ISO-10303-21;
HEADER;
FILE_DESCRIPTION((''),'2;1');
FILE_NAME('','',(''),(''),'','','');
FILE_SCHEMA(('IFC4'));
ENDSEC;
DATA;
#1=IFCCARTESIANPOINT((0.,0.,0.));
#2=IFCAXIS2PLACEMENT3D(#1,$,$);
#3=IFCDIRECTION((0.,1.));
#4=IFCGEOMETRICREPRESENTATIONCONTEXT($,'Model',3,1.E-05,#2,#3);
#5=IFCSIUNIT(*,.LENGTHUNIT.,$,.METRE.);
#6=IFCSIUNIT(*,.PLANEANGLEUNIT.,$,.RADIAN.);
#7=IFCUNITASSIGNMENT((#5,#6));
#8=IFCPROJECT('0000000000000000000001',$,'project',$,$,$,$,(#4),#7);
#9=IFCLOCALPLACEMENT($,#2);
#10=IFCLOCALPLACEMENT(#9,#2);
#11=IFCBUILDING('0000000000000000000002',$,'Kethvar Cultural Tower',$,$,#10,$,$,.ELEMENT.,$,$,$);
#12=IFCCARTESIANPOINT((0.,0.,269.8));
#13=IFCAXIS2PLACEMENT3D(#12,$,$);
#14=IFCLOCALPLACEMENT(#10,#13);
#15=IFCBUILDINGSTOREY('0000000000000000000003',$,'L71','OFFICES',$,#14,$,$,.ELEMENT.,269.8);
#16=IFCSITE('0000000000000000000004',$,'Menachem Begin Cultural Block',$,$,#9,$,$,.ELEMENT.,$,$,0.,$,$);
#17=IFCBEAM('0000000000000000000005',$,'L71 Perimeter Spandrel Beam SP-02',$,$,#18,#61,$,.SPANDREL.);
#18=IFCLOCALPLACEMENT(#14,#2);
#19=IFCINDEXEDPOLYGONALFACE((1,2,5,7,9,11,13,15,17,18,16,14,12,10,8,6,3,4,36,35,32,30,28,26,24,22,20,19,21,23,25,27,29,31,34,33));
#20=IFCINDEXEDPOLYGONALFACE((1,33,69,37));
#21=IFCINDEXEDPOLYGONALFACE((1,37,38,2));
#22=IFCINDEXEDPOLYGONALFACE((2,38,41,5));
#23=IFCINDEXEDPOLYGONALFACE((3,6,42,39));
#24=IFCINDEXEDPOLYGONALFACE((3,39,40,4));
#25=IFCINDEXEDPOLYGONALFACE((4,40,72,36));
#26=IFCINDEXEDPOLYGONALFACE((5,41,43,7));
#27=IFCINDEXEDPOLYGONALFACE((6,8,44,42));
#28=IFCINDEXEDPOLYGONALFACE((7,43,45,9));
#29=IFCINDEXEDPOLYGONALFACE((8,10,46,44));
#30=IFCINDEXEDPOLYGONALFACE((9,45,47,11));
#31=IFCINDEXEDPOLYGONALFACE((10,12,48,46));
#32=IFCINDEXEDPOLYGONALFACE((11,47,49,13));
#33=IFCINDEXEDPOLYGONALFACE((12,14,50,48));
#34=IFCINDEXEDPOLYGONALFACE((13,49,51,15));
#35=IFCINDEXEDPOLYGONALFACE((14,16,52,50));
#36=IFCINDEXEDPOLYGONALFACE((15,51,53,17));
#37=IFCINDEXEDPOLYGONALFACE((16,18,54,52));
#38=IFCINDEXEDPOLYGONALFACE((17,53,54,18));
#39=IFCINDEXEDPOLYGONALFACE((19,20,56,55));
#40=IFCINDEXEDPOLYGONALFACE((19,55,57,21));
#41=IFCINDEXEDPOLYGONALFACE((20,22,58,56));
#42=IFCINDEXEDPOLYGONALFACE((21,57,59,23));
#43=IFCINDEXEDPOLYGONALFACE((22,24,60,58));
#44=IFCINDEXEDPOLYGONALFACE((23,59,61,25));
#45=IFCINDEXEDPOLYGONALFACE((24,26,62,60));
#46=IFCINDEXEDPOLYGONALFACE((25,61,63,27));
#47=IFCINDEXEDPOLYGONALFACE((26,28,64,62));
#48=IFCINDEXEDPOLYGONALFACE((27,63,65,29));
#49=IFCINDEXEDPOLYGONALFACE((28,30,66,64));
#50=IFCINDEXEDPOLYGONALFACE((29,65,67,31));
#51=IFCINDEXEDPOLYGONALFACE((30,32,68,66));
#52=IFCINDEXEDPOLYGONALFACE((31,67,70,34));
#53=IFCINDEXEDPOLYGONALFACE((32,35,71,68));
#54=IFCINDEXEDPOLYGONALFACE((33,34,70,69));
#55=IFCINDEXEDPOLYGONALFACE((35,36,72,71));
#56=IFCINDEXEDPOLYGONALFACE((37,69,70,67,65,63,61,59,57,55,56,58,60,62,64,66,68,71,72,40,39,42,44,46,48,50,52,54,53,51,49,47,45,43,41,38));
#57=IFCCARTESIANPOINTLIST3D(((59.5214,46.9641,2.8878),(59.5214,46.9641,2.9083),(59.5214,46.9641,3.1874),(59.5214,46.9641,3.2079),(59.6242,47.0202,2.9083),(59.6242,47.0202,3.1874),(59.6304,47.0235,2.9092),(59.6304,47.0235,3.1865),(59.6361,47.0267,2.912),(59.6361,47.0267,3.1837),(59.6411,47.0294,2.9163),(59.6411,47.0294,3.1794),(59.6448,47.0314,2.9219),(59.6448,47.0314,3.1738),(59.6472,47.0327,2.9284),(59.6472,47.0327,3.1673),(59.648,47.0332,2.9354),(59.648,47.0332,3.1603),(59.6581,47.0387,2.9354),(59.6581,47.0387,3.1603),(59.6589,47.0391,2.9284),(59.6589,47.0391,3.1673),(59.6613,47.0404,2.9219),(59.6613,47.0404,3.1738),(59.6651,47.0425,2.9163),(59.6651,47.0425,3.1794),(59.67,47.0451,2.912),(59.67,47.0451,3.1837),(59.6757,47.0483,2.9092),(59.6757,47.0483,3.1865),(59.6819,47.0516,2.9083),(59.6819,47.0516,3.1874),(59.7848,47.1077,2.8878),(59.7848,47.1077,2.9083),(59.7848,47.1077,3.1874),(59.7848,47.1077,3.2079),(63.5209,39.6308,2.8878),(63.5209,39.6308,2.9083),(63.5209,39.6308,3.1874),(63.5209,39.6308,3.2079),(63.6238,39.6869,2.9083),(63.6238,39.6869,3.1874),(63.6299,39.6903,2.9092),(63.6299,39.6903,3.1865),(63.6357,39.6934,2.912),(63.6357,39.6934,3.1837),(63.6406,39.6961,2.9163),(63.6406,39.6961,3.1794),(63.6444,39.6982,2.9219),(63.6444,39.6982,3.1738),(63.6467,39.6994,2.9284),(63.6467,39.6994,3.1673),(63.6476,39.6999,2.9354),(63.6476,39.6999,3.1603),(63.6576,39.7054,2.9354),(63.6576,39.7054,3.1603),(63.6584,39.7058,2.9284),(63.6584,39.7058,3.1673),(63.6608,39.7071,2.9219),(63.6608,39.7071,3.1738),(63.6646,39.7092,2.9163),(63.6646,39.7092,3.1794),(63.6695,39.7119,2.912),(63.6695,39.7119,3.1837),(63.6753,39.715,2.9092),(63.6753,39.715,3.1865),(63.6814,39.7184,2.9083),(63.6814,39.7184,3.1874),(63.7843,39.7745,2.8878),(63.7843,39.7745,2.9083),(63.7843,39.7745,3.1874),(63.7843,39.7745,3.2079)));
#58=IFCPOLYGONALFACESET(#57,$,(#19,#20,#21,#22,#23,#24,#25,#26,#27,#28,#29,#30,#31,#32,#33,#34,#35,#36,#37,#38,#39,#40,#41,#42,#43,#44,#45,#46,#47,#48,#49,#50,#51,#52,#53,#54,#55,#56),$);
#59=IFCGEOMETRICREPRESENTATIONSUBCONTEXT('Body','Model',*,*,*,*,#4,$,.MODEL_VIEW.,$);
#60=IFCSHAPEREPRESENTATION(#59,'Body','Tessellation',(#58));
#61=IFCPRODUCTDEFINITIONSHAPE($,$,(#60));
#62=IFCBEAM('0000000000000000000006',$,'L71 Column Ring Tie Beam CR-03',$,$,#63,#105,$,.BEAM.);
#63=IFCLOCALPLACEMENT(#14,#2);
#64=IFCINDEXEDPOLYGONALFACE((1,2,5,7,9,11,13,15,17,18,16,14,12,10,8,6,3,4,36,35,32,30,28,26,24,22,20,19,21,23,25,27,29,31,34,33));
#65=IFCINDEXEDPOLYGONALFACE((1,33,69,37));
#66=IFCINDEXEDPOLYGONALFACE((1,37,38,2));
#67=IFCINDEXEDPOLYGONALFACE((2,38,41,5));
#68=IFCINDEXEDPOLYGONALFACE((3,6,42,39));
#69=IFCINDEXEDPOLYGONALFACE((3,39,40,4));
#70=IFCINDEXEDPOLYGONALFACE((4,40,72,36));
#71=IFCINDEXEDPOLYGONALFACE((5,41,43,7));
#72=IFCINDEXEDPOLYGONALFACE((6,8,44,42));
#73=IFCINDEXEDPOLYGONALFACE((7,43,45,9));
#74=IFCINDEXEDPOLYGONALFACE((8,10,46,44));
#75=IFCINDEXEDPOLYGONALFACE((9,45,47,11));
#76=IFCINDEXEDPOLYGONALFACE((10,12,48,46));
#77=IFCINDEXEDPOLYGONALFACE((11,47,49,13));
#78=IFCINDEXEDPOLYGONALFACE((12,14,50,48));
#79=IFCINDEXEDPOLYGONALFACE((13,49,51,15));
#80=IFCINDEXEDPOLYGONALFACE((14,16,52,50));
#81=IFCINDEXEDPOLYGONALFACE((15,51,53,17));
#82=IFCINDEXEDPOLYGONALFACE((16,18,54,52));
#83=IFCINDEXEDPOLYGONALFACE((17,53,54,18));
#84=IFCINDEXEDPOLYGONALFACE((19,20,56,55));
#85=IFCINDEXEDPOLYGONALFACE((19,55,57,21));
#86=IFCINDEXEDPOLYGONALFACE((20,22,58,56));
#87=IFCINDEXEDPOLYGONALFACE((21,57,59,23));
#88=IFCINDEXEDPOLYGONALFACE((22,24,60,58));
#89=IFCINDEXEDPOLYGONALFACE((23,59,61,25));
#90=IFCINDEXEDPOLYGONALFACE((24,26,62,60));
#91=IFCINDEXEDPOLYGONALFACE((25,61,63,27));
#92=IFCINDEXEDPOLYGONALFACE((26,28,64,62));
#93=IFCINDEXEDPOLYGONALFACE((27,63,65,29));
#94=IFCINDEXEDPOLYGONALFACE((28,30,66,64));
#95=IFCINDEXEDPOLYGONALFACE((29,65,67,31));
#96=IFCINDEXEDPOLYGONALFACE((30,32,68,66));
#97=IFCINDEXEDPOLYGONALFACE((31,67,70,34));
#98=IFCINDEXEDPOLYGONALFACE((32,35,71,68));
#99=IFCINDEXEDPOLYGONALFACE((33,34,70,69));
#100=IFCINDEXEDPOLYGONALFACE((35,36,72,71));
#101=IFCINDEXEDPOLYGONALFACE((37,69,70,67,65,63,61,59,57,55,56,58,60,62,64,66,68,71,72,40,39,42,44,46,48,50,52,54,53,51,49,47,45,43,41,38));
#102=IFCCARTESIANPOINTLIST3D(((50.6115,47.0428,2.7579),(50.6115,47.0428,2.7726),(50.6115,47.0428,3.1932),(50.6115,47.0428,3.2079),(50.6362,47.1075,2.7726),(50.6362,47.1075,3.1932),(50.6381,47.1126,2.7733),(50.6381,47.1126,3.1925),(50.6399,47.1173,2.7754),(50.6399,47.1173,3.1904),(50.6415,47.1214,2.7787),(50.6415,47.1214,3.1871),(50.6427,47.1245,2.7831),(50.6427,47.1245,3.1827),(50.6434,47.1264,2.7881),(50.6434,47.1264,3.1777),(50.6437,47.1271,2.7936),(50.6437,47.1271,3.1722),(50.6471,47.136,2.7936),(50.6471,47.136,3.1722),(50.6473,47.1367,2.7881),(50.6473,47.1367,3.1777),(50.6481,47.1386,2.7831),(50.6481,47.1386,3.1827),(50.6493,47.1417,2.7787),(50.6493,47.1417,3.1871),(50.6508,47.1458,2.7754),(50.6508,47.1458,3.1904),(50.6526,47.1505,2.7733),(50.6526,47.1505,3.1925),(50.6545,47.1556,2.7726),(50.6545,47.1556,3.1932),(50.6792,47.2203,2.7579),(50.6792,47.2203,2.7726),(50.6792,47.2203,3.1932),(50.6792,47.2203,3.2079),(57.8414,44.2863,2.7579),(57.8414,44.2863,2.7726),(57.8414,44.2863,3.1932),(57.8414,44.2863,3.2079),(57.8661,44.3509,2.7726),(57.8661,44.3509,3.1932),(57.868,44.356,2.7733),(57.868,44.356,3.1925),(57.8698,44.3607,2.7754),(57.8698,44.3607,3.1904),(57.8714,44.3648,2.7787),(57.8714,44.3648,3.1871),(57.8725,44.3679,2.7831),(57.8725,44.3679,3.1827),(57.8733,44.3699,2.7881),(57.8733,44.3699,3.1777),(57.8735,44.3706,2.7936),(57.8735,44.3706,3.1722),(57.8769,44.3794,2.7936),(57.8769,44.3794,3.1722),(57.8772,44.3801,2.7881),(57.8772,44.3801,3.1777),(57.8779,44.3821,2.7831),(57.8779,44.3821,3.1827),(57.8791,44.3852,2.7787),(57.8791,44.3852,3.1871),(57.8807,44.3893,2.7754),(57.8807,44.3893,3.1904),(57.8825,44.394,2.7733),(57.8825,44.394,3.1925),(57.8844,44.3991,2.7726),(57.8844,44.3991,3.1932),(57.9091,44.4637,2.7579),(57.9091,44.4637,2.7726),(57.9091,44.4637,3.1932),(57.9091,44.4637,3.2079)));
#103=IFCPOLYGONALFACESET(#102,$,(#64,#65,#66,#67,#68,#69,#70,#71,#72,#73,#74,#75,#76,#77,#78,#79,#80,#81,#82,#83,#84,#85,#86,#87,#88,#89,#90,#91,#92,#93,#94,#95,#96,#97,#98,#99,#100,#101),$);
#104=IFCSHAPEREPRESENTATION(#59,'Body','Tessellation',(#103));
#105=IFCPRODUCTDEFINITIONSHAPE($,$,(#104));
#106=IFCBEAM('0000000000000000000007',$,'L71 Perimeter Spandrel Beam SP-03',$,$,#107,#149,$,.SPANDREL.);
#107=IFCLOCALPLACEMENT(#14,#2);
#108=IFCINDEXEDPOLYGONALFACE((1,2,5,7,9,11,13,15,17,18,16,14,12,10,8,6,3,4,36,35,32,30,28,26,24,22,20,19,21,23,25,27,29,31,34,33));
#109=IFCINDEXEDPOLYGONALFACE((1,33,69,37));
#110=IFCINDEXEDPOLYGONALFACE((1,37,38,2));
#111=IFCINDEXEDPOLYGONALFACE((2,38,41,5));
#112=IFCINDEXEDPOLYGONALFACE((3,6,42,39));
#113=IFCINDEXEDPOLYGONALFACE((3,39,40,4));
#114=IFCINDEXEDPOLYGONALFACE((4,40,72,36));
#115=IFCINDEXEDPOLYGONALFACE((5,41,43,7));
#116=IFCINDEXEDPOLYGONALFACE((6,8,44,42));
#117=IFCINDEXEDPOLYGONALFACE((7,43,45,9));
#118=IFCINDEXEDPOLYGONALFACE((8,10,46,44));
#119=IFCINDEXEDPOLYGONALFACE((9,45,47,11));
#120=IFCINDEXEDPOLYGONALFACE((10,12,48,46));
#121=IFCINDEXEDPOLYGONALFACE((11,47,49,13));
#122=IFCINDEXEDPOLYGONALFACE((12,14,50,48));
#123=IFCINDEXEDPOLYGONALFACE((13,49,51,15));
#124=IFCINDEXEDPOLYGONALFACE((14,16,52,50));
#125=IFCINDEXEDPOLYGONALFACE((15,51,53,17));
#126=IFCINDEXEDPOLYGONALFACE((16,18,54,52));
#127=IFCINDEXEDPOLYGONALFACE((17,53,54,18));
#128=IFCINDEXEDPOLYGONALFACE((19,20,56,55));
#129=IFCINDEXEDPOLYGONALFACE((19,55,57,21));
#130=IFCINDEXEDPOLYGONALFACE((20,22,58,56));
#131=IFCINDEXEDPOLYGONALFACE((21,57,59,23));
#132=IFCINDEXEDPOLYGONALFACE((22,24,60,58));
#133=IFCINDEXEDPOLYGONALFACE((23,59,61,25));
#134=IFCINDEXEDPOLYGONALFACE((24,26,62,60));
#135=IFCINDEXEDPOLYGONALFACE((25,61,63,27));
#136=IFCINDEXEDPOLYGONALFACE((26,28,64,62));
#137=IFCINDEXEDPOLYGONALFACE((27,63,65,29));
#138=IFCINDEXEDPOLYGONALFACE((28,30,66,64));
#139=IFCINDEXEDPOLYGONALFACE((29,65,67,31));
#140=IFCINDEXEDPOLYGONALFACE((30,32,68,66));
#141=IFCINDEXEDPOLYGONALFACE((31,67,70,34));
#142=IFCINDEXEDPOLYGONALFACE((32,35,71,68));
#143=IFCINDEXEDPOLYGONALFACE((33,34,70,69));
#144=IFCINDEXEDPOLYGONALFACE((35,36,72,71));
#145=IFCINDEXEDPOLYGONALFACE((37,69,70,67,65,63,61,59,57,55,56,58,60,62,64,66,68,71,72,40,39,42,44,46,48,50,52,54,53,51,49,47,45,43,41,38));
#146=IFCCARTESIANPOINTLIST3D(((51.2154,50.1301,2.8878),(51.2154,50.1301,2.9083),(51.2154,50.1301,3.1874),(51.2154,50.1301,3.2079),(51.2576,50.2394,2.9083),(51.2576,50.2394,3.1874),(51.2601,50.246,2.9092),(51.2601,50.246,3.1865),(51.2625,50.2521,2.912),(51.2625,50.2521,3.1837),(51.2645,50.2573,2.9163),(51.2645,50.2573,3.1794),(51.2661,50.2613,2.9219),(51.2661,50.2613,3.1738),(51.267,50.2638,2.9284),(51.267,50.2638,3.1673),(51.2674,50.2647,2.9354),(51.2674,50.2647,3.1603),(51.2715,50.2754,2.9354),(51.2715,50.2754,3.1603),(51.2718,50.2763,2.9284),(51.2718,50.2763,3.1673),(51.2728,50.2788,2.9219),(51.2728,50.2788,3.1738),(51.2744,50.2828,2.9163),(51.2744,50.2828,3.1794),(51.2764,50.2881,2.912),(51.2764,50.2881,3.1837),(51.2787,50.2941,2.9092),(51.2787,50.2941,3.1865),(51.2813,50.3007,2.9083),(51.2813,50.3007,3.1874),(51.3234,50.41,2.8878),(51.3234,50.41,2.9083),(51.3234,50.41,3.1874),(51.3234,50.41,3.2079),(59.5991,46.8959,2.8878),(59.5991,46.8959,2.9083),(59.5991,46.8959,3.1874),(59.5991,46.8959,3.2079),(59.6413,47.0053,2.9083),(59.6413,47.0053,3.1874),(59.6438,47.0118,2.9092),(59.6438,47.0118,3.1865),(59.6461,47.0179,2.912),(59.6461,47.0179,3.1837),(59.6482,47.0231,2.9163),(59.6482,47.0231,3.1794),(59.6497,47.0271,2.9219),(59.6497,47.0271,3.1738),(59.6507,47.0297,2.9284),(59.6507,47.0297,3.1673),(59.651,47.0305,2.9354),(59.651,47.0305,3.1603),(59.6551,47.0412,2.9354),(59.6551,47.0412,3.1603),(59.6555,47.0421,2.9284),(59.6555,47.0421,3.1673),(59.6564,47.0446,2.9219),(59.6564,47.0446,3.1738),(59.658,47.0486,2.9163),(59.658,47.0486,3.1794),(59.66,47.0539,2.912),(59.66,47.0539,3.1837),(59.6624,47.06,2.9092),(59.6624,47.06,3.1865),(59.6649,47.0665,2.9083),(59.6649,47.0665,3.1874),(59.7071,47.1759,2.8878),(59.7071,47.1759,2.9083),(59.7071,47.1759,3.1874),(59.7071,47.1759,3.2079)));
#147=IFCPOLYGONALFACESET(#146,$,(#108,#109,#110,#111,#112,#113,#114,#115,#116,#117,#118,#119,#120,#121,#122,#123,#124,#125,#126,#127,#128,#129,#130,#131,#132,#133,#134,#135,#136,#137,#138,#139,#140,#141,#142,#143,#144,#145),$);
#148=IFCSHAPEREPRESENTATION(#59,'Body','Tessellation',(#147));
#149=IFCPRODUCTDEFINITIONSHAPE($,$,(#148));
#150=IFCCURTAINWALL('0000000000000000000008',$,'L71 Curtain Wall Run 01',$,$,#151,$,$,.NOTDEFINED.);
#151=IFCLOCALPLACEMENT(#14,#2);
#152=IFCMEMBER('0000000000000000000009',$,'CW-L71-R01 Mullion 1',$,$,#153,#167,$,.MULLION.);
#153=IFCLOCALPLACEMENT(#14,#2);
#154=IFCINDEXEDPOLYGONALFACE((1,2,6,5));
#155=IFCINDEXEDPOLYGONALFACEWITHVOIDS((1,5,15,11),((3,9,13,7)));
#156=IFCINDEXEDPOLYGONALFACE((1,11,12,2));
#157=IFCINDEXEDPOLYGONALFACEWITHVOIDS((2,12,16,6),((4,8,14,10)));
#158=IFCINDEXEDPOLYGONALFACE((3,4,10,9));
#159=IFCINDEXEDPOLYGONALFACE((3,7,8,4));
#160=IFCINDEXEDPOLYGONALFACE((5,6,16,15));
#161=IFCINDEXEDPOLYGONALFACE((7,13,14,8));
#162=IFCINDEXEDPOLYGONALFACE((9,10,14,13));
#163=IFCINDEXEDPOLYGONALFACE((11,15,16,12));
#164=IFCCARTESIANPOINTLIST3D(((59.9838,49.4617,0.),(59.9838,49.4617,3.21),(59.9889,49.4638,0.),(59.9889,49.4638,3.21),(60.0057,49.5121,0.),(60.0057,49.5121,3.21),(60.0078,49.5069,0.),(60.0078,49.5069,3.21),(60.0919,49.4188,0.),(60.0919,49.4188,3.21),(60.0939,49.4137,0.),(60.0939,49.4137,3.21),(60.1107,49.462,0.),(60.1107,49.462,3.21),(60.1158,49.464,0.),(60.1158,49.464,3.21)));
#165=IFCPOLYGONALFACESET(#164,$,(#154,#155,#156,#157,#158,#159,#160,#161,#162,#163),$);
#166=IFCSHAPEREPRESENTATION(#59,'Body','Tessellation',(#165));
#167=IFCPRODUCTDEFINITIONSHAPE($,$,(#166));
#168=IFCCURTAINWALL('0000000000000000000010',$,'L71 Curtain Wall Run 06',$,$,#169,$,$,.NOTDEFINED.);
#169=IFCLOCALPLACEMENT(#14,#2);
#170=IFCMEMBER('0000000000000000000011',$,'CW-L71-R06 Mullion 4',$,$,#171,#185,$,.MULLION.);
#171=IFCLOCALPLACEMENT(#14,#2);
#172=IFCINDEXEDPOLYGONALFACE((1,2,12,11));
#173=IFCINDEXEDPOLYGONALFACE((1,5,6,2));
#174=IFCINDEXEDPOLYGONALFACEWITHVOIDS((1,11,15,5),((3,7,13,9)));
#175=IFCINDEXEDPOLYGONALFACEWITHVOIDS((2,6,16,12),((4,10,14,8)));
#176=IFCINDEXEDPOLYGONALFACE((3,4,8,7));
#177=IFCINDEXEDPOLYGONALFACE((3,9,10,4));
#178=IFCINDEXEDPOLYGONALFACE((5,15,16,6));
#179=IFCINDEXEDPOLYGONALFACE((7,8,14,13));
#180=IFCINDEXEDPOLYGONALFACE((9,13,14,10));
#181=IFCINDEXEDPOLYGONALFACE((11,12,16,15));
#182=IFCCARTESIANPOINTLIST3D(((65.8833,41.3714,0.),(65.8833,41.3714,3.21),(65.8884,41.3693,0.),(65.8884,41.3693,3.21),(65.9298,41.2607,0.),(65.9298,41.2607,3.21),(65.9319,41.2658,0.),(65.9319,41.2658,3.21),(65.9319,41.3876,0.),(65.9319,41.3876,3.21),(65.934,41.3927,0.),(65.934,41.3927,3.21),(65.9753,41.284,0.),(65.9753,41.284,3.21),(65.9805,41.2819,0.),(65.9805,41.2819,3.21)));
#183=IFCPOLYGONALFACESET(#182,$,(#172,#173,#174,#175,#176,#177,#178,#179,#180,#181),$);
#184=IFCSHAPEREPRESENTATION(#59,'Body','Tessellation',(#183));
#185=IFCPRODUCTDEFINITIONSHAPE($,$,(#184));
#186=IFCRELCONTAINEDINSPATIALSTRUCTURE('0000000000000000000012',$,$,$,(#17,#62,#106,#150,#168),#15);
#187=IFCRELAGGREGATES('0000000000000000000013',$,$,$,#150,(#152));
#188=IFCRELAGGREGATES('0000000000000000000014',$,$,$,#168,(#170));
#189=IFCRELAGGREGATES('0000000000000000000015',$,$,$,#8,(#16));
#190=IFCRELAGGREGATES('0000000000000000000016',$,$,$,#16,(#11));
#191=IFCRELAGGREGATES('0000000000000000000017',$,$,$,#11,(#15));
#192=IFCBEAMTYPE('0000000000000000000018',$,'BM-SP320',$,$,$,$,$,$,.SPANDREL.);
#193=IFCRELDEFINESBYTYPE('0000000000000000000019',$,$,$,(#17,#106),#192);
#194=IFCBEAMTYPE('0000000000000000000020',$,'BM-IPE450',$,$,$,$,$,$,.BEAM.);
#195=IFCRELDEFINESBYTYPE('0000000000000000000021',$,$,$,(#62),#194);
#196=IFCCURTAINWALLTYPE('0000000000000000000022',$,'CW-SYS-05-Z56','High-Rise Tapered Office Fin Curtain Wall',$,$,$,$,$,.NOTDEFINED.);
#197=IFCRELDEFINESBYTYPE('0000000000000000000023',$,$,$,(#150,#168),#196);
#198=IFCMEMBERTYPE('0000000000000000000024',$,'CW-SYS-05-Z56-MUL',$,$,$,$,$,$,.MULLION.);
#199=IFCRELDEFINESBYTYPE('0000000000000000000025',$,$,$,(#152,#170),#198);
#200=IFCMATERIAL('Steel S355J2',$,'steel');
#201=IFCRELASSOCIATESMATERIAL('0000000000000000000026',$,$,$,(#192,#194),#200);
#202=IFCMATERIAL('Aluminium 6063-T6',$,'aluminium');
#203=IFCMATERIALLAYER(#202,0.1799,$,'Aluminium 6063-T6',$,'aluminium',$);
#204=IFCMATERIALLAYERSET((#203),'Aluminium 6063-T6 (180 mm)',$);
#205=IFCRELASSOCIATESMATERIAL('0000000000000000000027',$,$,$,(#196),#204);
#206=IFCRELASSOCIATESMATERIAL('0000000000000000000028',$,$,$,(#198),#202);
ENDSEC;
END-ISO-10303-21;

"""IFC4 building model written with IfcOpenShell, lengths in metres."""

from ifc_helpers import new_model, si_unit, direction, frame, origin, origin_2d, place, context, subcontext, project, spatial, hollow_rectangle, i_section, extrude, source, transform, mapped, material, layer, layer_set, material_profile, profile_set, type_object, element, aggregate, save


model = new_model("IFC4")

# Units and contexts
model_context = context("Model", 3, precision=1e-05, world=origin(), true_north=direction((0.0, 1.0)))
body_context = subcontext(model_context, "Body", "Model", "MODEL_VIEW")
ifc_project = project(units=[si_unit("LENGTHUNIT", "METRE"), si_unit("PLANEANGLEUNIT", "RADIAN")], contexts=[model_context])

# Site, building, storey
site_placement = place(None, origin())
site = spatial("IfcSite", under=ifc_project, at=site_placement, Name="Menachem Begin Cultural Block", CompositionType="ELEMENT", RefElevation=0.0)
building_placement = place(site_placement, origin())
building = spatial("IfcBuilding", under=site, at=building_placement, Name="Kethvar Cultural Tower", CompositionType="ELEMENT")
storey_placement = place(building_placement, frame((0.0, 0.0, 269.8)))
storey = spatial("IfcBuildingStorey", under=building, at=storey_placement, Name="L71", Description="OFFICES", CompositionType="ELEMENT", Elevation=269.8)

# Beams
ifc_material_1 = material(Name="Steel S355J2", Category="steel")
ifc_material_profile_1 = material_profile(ifc_material_1, i_section(OverallWidth=0.3, OverallDepth=0.3201, WebThickness=0.0115, FlangeThickness=0.0205, FilletRadius=0.0271, at=origin_2d()), Name="Steel S355J2 — HEB320")
ifc_profile_set_1 = profile_set([ifc_material_profile_1], Name="Steel S355J2 — HEB320")
beam_type_1 = type_object("IfcBeamType", Name="BM-SP320", PredefinedType="SPANDREL", material=ifc_profile_set_1)
shared_shape_1 = source(origin(), body_context, "Body", "SweptSolid", [
    extrude(i_section(OverallWidth=0.3, OverallDepth=0.3201, WebThickness=0.0115, FlangeThickness=0.0205, FilletRadius=0.0271, at=origin_2d()), origin(), (0.0, 0.0, 1.0), 8.353),
])
beam_1_placement = place(storey_placement, frame((63.6526, 39.7026, 3.0479), z_axis=(-0.478811, 0.877918, 0.0), x_axis=(-0.877918, -0.478811, 0.0)))
element("IfcBeam", 1, at=beam_1_placement, inside=storey, type_object=beam_type_1, Name="L71 Perimeter Spandrel Beam SP-02", PredefinedType="SPANDREL", context=body_context, shape_type="MappedRepresentation", body=[
    mapped(shared_shape_1, transform((0.0, 0.0, 0.0), scale=1.0)),
])
ifc_material_profile_2 = material_profile(ifc_material_1, i_section(OverallWidth=0.1899, OverallDepth=0.45, WebThickness=0.0095, FlangeThickness=0.0146, FilletRadius=0.021, at=origin_2d()), Name="Steel S355J2 — IPE450")
ifc_profile_set_2 = profile_set([ifc_material_profile_2], Name="Steel S355J2 — IPE450")
beam_type_2 = type_object("IfcBeamType", Name="BM-IPE450", PredefinedType="BEAM", material=ifc_profile_set_2)
shared_shape_2 = source(origin(), body_context, "Body", "SweptSolid", [
    extrude(i_section(OverallWidth=0.1899, OverallDepth=0.45, WebThickness=0.0095, FlangeThickness=0.0146, FilletRadius=0.021, at=origin_2d()), origin(), (0.0, 0.0, 1.0), 7.7375),
])
beam_2_placement = place(storey_placement, frame((57.8752, 44.375, 2.9829), z_axis=(-0.934388, 0.356256, 0.0), x_axis=(-0.356256, -0.934388, 0.0)))
element("IfcBeam", 2, at=beam_2_placement, inside=storey, type_object=beam_type_2, Name="L71 Column Ring Tie Beam CR-03", PredefinedType="BEAM", context=body_context, shape_type="MappedRepresentation", body=[
    mapped(shared_shape_2, transform((0.0, 0.0, 0.0), scale=1.0)),
])
shared_shape_3 = source(origin(), body_context, "Body", "SweptSolid", [
    extrude(i_section(OverallWidth=0.3, OverallDepth=0.3201, WebThickness=0.0115, FlangeThickness=0.0205, FilletRadius=0.0271, at=origin_2d()), origin(), (0.0, 0.0, 1.0), 8.9858),
])
beam_3_placement = place(storey_placement, frame((59.6531, 47.0359, 3.0479), z_axis=(-0.932984, 0.359918, 0.0), x_axis=(-0.359918, -0.932984, 0.0)))
element("IfcBeam", 3, at=beam_3_placement, inside=storey, type_object=beam_type_1, Name="L71 Perimeter Spandrel Beam SP-03", PredefinedType="SPANDREL", context=body_context, shape_type="MappedRepresentation", body=[
    mapped(shared_shape_3, transform((0.0, 0.0, 0.0), scale=1.0)),
])

# Curtain wall, member
ifc_material_2 = material(Name="Aluminium 6063-T6", Category="aluminium")
ifc_layer_1 = layer(ifc_material_2, 0.1799, Name="Aluminium 6063-T6", Category="aluminium")
ifc_layer_set_1 = layer_set([ifc_layer_1], Name="Aluminium 6063-T6 (180 mm)")
curtain_wall_type = type_object("IfcCurtainWallType", Name="CW-SYS-05-Z56", Description="High-Rise Tapered Office Fin Curtain Wall", PredefinedType="NOTDEFINED", material=ifc_layer_set_1)
curtain_wall_1_placement = place(storey_placement, origin())
curtain_wall_1 = element("IfcCurtainWall", 4, at=curtain_wall_1_placement, inside=storey, type_object=curtain_wall_type, Name="L71 Curtain Wall Run 01", PredefinedType="NOTDEFINED")
ifc_material_profile_3 = material_profile(ifc_material_2, hollow_rectangle(XDim=0.0549, YDim=0.1201, WallThickness=0.0039, at=origin_2d()), Name="Aluminium 6063-T6 — RHS120x55x4")
ifc_profile_set_3 = profile_set([ifc_material_profile_3], Name="Aluminium 6063-T6 — RHS120x55x4")
member_type_1 = type_object("IfcMemberType", Name="CW-SYS-05-Z56-MUL", PredefinedType="MULLION", material=ifc_profile_set_3)
shared_shape_4 = source(origin(), body_context, "Body", "SweptSolid", [
    extrude(hollow_rectangle(XDim=0.0549, YDim=0.1201, WallThickness=0.0039, at=origin_2d()), origin(), (0.0, 0.0, 1.0), 3.21),
])
member_1_placement = place(storey_placement, frame((60.0498, 49.4629, 0.0), z_axis=(0.0, 0.0, 1.0), x_axis=(-0.399901, -0.916558, 0.0)))
member_1 = element("IfcMember", 5, at=member_1_placement, type_object=member_type_1, Name="CW-L71-R01 Mullion 1", PredefinedType="MULLION", context=body_context, shape_type="MappedRepresentation", body=[
    mapped(shared_shape_4, transform((0.0, 0.0, 0.0), scale=1.0)),
])

# Curtain wall, member
curtain_wall_2_placement = place(storey_placement, origin())
curtain_wall_2 = element("IfcCurtainWall", 6, at=curtain_wall_2_placement, inside=storey, type_object=curtain_wall_type, Name="L71 Curtain Wall Run 06", PredefinedType="NOTDEFINED")
member_2_placement = place(storey_placement, frame((65.9319, 41.3267, 0.0), z_axis=(0.0, 0.0, 1.0), x_axis=(-0.922059, -0.387049, 0.0)))
member_2 = element("IfcMember", 7, at=member_2_placement, type_object=member_type_1, Name="CW-L71-R06 Mullion 4", PredefinedType="MULLION", context=body_context, shape_type="MappedRepresentation", body=[
    mapped(shared_shape_4, transform((0.0, 0.0, 0.0), scale=1.0)),
])

aggregate(curtain_wall_1, [member_1])
aggregate(curtain_wall_2, [member_2])

save(model, "model.ifc")
